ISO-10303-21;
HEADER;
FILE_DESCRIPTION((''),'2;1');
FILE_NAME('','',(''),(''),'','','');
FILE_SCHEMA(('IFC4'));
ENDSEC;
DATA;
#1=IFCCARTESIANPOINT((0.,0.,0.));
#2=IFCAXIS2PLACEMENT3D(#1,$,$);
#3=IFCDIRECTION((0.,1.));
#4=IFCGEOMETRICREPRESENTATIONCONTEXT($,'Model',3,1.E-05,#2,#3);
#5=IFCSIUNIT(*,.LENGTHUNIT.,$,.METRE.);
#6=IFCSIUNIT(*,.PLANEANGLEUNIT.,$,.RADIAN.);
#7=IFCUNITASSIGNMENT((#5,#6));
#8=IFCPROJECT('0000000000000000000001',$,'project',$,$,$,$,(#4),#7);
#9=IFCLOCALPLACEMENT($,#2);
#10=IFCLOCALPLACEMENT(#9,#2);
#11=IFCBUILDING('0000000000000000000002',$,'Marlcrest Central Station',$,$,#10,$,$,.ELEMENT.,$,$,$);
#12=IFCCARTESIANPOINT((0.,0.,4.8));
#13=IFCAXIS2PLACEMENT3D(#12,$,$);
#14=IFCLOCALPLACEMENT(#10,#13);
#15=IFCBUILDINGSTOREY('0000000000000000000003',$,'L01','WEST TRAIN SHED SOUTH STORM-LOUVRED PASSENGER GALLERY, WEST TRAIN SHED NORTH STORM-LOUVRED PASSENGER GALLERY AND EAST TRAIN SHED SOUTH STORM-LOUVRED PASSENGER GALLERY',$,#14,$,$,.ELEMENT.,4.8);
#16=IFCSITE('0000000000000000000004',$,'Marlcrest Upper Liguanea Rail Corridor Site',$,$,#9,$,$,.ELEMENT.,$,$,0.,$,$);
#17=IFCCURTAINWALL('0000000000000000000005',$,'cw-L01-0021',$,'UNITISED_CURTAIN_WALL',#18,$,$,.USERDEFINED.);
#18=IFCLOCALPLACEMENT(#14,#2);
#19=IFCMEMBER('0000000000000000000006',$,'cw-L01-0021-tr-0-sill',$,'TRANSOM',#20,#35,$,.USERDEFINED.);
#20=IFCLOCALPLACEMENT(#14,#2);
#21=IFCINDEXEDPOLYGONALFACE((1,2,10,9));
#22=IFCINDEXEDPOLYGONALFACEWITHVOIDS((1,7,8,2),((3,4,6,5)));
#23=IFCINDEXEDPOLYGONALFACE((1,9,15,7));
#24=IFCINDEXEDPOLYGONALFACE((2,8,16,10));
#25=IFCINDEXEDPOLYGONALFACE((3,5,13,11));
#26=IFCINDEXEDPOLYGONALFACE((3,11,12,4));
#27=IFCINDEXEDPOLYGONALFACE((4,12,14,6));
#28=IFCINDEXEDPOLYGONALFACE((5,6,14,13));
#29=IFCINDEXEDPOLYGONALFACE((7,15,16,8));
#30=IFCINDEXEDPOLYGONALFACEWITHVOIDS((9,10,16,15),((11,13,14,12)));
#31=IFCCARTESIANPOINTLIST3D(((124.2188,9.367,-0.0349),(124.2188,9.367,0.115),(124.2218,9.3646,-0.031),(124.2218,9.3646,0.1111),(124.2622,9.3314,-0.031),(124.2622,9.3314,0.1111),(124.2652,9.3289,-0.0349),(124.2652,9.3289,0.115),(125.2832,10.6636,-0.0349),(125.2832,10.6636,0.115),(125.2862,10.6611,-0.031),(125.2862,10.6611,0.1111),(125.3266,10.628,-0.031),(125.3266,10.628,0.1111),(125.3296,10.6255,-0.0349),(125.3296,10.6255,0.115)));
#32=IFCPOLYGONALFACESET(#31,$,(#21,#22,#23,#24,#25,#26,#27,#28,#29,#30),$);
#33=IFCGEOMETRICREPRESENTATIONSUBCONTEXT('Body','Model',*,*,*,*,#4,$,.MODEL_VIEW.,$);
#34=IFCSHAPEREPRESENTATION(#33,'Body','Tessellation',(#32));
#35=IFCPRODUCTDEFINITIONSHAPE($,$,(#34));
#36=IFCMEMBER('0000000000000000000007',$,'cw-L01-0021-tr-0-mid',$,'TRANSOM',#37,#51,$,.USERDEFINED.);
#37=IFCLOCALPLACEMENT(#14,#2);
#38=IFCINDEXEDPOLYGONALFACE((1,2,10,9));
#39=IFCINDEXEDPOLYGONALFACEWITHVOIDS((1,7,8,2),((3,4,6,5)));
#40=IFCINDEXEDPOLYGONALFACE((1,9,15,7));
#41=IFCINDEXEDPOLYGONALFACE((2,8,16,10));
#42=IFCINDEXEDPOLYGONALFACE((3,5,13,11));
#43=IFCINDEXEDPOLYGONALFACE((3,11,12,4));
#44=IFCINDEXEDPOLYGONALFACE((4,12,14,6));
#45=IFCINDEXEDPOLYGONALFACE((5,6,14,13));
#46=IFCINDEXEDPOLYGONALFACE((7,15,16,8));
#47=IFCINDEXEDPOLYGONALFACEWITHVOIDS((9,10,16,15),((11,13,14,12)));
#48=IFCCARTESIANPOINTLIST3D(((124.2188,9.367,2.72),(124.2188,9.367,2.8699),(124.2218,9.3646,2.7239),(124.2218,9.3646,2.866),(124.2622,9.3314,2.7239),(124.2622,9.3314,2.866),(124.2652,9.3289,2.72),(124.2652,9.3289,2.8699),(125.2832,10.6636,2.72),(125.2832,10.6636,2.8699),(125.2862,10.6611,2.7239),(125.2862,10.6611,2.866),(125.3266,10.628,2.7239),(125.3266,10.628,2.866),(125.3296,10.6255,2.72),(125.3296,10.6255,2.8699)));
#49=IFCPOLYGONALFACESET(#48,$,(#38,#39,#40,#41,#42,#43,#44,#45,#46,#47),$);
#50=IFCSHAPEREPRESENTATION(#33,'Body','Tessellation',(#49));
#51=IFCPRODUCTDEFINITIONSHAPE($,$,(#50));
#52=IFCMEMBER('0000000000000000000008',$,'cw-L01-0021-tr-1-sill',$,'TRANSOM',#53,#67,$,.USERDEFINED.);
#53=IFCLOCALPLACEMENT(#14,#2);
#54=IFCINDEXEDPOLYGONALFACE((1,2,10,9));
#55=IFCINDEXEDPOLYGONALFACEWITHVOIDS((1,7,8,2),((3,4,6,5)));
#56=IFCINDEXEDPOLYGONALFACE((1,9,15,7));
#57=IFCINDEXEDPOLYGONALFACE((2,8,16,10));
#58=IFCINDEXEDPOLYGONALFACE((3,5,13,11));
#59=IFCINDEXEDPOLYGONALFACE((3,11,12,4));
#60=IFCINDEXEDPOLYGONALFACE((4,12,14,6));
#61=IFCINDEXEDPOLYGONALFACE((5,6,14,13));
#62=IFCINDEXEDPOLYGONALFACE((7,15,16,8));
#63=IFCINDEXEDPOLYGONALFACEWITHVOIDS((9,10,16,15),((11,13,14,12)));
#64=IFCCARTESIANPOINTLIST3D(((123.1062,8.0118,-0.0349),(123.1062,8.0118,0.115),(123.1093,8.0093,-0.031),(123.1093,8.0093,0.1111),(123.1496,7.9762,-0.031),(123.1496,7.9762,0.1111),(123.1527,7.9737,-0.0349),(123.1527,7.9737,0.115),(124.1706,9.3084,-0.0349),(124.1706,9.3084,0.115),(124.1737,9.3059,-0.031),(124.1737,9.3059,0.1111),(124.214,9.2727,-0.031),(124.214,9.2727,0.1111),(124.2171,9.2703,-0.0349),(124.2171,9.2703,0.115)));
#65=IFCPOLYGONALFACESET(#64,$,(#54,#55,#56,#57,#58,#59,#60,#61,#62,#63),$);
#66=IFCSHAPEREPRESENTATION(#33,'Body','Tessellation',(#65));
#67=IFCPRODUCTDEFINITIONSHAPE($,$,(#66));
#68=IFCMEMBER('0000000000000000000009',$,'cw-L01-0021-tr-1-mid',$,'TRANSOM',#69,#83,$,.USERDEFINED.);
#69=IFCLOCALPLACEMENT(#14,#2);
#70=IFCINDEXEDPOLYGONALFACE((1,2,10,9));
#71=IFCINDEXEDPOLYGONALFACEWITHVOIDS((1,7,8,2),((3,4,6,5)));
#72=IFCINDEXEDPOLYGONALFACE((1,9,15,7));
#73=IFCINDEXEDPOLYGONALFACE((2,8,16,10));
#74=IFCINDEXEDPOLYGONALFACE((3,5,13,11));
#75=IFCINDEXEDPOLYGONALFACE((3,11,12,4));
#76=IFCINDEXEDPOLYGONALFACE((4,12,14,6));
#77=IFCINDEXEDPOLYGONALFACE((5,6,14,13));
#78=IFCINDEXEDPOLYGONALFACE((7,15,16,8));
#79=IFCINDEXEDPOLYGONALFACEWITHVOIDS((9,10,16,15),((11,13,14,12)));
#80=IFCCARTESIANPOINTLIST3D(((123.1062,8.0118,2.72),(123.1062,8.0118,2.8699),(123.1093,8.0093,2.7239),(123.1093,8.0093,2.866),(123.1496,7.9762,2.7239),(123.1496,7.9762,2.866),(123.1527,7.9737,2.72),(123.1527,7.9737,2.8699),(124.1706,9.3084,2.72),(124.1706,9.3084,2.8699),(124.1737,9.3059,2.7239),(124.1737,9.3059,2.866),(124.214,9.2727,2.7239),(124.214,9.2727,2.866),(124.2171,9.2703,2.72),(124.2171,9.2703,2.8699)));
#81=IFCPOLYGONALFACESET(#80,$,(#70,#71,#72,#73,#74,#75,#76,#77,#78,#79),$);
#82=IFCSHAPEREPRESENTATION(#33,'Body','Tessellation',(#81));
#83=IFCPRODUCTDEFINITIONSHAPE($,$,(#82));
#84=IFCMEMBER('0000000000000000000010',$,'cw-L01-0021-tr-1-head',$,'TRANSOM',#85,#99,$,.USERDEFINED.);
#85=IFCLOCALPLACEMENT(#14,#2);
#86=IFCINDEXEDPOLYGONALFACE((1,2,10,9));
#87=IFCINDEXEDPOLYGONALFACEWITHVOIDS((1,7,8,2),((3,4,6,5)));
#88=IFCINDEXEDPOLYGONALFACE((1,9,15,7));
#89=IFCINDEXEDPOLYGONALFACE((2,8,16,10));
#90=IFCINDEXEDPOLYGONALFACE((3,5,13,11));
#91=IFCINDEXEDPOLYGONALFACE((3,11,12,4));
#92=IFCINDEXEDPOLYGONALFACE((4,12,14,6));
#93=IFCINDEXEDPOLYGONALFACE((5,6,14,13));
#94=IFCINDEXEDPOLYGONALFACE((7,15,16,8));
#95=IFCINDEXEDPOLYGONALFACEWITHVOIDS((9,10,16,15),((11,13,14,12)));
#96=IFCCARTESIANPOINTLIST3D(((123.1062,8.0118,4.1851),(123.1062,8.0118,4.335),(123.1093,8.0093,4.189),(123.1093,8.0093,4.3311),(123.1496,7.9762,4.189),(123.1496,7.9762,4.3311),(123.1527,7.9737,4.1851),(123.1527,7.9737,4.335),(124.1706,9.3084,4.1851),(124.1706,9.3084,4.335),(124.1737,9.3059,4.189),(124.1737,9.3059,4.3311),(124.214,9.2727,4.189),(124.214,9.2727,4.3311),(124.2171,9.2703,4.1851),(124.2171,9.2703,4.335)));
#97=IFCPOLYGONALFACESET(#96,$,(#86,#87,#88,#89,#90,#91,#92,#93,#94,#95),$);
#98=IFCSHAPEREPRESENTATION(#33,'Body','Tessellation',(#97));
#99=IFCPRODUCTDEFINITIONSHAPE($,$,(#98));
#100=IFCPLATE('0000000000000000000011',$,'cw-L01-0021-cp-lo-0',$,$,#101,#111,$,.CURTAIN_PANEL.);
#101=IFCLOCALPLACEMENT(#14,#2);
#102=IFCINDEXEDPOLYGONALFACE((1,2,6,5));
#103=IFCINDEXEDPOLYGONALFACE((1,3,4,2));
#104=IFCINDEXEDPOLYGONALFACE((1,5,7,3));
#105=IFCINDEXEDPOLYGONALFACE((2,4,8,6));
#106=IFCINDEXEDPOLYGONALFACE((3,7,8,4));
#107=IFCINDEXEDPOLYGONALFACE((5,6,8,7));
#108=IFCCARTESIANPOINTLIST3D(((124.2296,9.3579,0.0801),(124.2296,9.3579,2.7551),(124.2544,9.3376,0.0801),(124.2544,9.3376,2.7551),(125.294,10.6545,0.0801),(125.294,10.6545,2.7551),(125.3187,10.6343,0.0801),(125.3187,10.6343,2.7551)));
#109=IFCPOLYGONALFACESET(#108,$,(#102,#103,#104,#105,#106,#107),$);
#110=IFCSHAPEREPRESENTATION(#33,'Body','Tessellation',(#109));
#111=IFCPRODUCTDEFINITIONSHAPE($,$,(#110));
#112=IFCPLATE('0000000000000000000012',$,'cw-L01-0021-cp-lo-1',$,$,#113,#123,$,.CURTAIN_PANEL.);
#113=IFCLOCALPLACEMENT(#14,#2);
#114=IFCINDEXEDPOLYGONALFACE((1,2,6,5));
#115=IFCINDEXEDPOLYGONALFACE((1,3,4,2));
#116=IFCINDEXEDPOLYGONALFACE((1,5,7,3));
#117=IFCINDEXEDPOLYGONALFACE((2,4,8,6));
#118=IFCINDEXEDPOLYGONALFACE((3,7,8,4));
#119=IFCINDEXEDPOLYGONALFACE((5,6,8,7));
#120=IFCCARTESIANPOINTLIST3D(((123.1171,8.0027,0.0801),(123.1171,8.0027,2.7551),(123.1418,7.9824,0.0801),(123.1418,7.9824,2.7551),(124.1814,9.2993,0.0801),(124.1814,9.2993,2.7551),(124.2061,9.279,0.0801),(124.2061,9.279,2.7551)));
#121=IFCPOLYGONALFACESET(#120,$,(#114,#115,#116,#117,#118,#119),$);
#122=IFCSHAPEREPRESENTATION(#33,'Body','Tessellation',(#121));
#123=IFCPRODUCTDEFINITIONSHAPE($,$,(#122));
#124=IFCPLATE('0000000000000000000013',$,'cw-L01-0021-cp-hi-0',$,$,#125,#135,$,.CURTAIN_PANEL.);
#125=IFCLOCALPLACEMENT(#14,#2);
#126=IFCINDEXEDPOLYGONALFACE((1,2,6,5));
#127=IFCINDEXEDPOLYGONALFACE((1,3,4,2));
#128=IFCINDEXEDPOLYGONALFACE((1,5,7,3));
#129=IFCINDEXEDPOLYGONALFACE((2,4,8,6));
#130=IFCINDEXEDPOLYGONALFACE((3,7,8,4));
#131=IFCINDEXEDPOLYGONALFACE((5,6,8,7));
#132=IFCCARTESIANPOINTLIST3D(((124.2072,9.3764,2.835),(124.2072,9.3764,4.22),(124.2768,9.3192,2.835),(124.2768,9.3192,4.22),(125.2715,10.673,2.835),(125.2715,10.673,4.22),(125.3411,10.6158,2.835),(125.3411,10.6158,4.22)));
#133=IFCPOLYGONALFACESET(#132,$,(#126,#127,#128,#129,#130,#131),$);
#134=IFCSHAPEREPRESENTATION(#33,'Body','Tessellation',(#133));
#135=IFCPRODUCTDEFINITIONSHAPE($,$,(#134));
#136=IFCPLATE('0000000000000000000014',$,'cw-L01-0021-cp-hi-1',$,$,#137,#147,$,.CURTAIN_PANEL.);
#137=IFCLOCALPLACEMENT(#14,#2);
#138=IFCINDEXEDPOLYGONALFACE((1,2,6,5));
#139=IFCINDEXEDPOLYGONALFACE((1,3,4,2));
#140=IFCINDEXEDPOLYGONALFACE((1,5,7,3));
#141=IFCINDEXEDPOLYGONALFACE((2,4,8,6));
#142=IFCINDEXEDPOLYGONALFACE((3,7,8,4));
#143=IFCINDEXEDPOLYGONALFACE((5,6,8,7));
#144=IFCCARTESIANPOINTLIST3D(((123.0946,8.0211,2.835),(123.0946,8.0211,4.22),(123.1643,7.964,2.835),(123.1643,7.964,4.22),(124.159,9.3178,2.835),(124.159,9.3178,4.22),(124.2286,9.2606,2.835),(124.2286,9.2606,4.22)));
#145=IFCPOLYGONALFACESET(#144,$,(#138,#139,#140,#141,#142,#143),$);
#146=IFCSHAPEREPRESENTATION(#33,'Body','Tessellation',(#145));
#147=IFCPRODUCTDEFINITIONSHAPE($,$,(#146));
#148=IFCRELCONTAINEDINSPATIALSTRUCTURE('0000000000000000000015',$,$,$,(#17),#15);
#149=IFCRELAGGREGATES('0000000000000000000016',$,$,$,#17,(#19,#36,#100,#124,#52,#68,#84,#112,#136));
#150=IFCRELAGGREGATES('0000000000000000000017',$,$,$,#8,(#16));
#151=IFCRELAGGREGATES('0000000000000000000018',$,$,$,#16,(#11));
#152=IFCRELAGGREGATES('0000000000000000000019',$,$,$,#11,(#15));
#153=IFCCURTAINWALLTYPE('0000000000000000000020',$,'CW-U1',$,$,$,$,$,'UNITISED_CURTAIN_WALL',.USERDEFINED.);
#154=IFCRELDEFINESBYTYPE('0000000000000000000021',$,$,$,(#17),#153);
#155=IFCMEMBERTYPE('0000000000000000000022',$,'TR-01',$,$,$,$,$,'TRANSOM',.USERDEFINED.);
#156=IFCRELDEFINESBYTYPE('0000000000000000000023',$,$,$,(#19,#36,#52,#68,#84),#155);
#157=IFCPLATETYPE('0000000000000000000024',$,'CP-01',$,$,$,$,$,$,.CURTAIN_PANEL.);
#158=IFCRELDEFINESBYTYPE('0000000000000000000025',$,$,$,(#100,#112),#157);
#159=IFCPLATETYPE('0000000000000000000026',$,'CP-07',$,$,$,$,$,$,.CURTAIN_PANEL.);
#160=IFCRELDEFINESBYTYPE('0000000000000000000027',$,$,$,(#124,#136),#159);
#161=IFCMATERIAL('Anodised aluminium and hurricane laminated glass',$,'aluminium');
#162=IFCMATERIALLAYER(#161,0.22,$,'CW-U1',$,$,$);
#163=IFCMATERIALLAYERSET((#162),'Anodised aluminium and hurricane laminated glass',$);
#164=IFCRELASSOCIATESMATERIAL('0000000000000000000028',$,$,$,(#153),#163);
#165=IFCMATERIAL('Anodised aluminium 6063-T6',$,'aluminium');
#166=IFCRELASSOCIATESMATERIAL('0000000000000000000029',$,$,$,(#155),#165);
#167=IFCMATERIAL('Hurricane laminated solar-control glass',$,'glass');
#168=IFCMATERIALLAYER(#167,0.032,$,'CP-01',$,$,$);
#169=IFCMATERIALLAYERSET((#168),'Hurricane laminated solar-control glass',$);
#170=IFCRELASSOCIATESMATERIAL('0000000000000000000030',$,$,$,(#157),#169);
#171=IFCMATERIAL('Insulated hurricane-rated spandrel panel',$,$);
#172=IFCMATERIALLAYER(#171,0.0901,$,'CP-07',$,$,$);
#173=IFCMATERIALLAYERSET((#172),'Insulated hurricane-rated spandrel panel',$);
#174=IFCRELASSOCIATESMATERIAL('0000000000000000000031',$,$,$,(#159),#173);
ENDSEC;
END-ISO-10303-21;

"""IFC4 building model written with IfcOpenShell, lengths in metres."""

from ifc_helpers import new_model, si_unit, direction, frame, origin, origin_2d, place, context, subcontext, project, spatial, rectangle, hollow_rectangle, extrude, material, layer, layer_set, material_profile, profile_set, type_object, element, aggregate, save


model = new_model("IFC4")

# Units and contexts
model_context = context("Model", 3, precision=1e-05, world=origin(), true_north=direction((0.0, 1.0)))
body_context = subcontext(model_context, "Body", "Model", "MODEL_VIEW")
ifc_project = project(units=[si_unit("LENGTHUNIT", "METRE"), si_unit("PLANEANGLEUNIT", "RADIAN")], contexts=[model_context])

# Site, building, storey
site_placement = place(None, origin())
site = spatial("IfcSite", under=ifc_project, at=site_placement, Name="Marlcrest Upper Liguanea Rail Corridor Site", CompositionType="ELEMENT", RefElevation=0.0)
building_placement = place(site_placement, origin())
building = spatial("IfcBuilding", under=site, at=building_placement, Name="Marlcrest Central Station", CompositionType="ELEMENT")
storey_placement = place(building_placement, frame((0.0, 0.0, 4.8)))
storey = spatial("IfcBuildingStorey", under=building, at=storey_placement, Name="L01", Description="WEST TRAIN SHED SOUTH STORM-LOUVRED PASSENGER GALLERY, WEST TRAIN SHED NORTH STORM-LOUVRED PASSENGER GALLERY AND EAST TRAIN SHED SOUTH STORM-LOUVRED PASSENGER GALLERY", CompositionType="ELEMENT", Elevation=4.8)

# Shared definitions
ifc_material_1 = material(Name="Anodised aluminium and hurricane laminated glass", Category="aluminium")
ifc_layer_1 = layer(ifc_material_1, 0.22, Name="CW-U1")
ifc_layer_set_1 = layer_set([ifc_layer_1], Name="Anodised aluminium and hurricane laminated glass")
curtain_wall_type = type_object("IfcCurtainWallType", Name="CW-U1", ElementType="UNITISED_CURTAIN_WALL", PredefinedType="USERDEFINED", material=ifc_layer_set_1)
ifc_material_2 = material(Name="Anodised aluminium 6063-T6", Category="aluminium")

# Curtain wall
curtain_wall_1_placement = place(storey_placement, origin())
curtain_wall_1 = element("IfcCurtainWall", 1, at=curtain_wall_1_placement, inside=storey, type_object=curtain_wall_type, Name="cw-L01-0021", ObjectType="UNITISED_CURTAIN_WALL", PredefinedType="USERDEFINED")

# Members
ifc_material_profile_1 = material_profile(ifc_material_2, hollow_rectangle(XDim=0.0601, YDim=0.1499, WallThickness=0.0039, at=origin_2d()), Name="AA-RHS 150x60x4")
ifc_profile_set_1 = profile_set([ifc_material_profile_1], Name="Anodised aluminium 6063-T6")
member_type_1 = type_object("IfcMemberType", Name="TR-01", ElementType="TRANSOM", PredefinedType="USERDEFINED", material=ifc_profile_set_1)
member_1_placement = place(storey_placement, frame((125.3064, 10.6445, 0.04), z_axis=(-0.634513, -0.772912, 0.0), x_axis=(0.772912, -0.634513, 0.0)))
member_1 = element("IfcMember", 2, at=member_1_placement, type_object=member_type_1, Name="cw-L01-0021-tr-0-sill", ObjectType="TRANSOM", PredefinedType="USERDEFINED", context=body_context, shape_type="SweptSolid", body=[
    extrude(hollow_rectangle(XDim=0.0601, YDim=0.1499, WallThickness=0.0039, at=origin_2d()), origin(), (0.0, 0.0, 1.0), 1.6775),
])
member_2_placement = place(storey_placement, frame((125.3064, 10.6445, 2.7949), z_axis=(-0.634513, -0.772912, 0.0), x_axis=(0.772912, -0.634513, 0.0)))
member_2 = element("IfcMember", 3, at=member_2_placement, type_object=member_type_1, Name="cw-L01-0021-tr-0-mid", ObjectType="TRANSOM", PredefinedType="USERDEFINED", context=body_context, shape_type="SweptSolid", body=[
    extrude(hollow_rectangle(XDim=0.0601, YDim=0.1499, WallThickness=0.0039, at=origin_2d()), origin(), (0.0, 0.0, 1.0), 1.6775),
])
member_3_placement = place(storey_placement, frame((124.1938, 9.2893, 0.04), z_axis=(-0.634513, -0.772912, 0.0), x_axis=(0.772912, -0.634513, 0.0)))
member_3 = element("IfcMember", 4, at=member_3_placement, type_object=member_type_1, Name="cw-L01-0021-tr-1-sill", ObjectType="TRANSOM", PredefinedType="USERDEFINED", context=body_context, shape_type="SweptSolid", body=[
    extrude(hollow_rectangle(XDim=0.0601, YDim=0.1499, WallThickness=0.0039, at=origin_2d()), origin(), (0.0, 0.0, 1.0), 1.6775),
])
member_4_placement = place(storey_placement, frame((124.1938, 9.2893, 2.7949), z_axis=(-0.634513, -0.772912, 0.0), x_axis=(0.772912, -0.634513, 0.0)))
member_4 = element("IfcMember", 5, at=member_4_placement, type_object=member_type_1, Name="cw-L01-0021-tr-1-mid", ObjectType="TRANSOM", PredefinedType="USERDEFINED", context=body_context, shape_type="SweptSolid", body=[
    extrude(hollow_rectangle(XDim=0.0601, YDim=0.1499, WallThickness=0.0039, at=origin_2d()), origin(), (0.0, 0.0, 1.0), 1.6775),
])
member_5_placement = place(storey_placement, frame((124.1938, 9.2893, 4.26), z_axis=(-0.634513, -0.772912, 0.0), x_axis=(0.772912, -0.634513, 0.0)))
member_5 = element("IfcMember", 6, at=member_5_placement, type_object=member_type_1, Name="cw-L01-0021-tr-1-head", ObjectType="TRANSOM", PredefinedType="USERDEFINED", context=body_context, shape_type="SweptSolid", body=[
    extrude(hollow_rectangle(XDim=0.0601, YDim=0.1499, WallThickness=0.0039, at=origin_2d()), origin(), (0.0, 0.0, 1.0), 1.6775),
])

# Plates
ifc_material_3 = material(Name="Hurricane laminated solar-control glass", Category="glass")
ifc_layer_2 = layer(ifc_material_3, 0.032, Name="CP-01")
ifc_layer_set_2 = layer_set([ifc_layer_2], Name="Hurricane laminated solar-control glass")
plate_type_1 = type_object("IfcPlateType", Name="CP-01", PredefinedType="CURTAIN_PANEL", material=ifc_layer_set_2)
plate_1_placement = place(storey_placement, frame((124.7742, 9.9961, 0.0801), z_axis=(0.0, 0.0, 1.0), x_axis=(-0.634474, -0.772944, 0.0)))
plate_1 = element("IfcPlate", 7, at=plate_1_placement, type_object=plate_type_1, Name="cw-L01-0021-cp-lo-0", PredefinedType="CURTAIN_PANEL", context=body_context, shape_type="SweptSolid", body=[
    extrude(rectangle(XDim=1.6775, YDim=0.032, at=origin_2d()), origin(), (0.0, 0.0, 1.0), 2.675),
])
plate_2_placement = place(storey_placement, frame((123.6616, 8.6409, 0.0801), z_axis=(0.0, 0.0, 1.0), x_axis=(-0.634474, -0.772944, 0.0)))
plate_2 = element("IfcPlate", 8, at=plate_2_placement, type_object=plate_type_1, Name="cw-L01-0021-cp-lo-1", PredefinedType="CURTAIN_PANEL", context=body_context, shape_type="SweptSolid", body=[
    extrude(rectangle(XDim=1.6775, YDim=0.032, at=origin_2d()), origin(), (0.0, 0.0, 1.0), 2.675),
])
ifc_material_4 = material(Name="Insulated hurricane-rated spandrel panel")
ifc_layer_3 = layer(ifc_material_4, 0.0901, Name="CP-07")
ifc_layer_set_3 = layer_set([ifc_layer_3], Name="Insulated hurricane-rated spandrel panel")
plate_type_2 = type_object("IfcPlateType", Name="CP-07", PredefinedType="CURTAIN_PANEL", material=ifc_layer_set_3)
plate_3_placement = place(storey_placement, frame((124.7742, 9.9961, 2.835), z_axis=(0.0, 0.0, 1.0), x_axis=(-0.634474, -0.772944, 0.0)))
plate_3 = element("IfcPlate", 9, at=plate_3_placement, type_object=plate_type_2, Name="cw-L01-0021-cp-hi-0", PredefinedType="CURTAIN_PANEL", context=body_context, shape_type="SweptSolid", body=[
    extrude(rectangle(XDim=1.6775, YDim=0.0901, at=origin_2d()), origin(), (0.0, 0.0, 1.0), 1.385),
])
plate_4_placement = place(storey_placement, frame((123.6616, 8.6409, 2.835), z_axis=(0.0, 0.0, 1.0), x_axis=(-0.634474, -0.772944, 0.0)))
plate_4 = element("IfcPlate", 10, at=plate_4_placement, type_object=plate_type_2, Name="cw-L01-0021-cp-hi-1", PredefinedType="CURTAIN_PANEL", context=body_context, shape_type="SweptSolid", body=[
    extrude(rectangle(XDim=1.6775, YDim=0.0901, at=origin_2d()), origin(), (0.0, 0.0, 1.0), 1.385),
])
aggregate(curtain_wall_1, [member_1, member_2, plate_1, plate_3, member_3, member_4, member_5, plate_2, plate_4])

save(model, "model.ifc")
